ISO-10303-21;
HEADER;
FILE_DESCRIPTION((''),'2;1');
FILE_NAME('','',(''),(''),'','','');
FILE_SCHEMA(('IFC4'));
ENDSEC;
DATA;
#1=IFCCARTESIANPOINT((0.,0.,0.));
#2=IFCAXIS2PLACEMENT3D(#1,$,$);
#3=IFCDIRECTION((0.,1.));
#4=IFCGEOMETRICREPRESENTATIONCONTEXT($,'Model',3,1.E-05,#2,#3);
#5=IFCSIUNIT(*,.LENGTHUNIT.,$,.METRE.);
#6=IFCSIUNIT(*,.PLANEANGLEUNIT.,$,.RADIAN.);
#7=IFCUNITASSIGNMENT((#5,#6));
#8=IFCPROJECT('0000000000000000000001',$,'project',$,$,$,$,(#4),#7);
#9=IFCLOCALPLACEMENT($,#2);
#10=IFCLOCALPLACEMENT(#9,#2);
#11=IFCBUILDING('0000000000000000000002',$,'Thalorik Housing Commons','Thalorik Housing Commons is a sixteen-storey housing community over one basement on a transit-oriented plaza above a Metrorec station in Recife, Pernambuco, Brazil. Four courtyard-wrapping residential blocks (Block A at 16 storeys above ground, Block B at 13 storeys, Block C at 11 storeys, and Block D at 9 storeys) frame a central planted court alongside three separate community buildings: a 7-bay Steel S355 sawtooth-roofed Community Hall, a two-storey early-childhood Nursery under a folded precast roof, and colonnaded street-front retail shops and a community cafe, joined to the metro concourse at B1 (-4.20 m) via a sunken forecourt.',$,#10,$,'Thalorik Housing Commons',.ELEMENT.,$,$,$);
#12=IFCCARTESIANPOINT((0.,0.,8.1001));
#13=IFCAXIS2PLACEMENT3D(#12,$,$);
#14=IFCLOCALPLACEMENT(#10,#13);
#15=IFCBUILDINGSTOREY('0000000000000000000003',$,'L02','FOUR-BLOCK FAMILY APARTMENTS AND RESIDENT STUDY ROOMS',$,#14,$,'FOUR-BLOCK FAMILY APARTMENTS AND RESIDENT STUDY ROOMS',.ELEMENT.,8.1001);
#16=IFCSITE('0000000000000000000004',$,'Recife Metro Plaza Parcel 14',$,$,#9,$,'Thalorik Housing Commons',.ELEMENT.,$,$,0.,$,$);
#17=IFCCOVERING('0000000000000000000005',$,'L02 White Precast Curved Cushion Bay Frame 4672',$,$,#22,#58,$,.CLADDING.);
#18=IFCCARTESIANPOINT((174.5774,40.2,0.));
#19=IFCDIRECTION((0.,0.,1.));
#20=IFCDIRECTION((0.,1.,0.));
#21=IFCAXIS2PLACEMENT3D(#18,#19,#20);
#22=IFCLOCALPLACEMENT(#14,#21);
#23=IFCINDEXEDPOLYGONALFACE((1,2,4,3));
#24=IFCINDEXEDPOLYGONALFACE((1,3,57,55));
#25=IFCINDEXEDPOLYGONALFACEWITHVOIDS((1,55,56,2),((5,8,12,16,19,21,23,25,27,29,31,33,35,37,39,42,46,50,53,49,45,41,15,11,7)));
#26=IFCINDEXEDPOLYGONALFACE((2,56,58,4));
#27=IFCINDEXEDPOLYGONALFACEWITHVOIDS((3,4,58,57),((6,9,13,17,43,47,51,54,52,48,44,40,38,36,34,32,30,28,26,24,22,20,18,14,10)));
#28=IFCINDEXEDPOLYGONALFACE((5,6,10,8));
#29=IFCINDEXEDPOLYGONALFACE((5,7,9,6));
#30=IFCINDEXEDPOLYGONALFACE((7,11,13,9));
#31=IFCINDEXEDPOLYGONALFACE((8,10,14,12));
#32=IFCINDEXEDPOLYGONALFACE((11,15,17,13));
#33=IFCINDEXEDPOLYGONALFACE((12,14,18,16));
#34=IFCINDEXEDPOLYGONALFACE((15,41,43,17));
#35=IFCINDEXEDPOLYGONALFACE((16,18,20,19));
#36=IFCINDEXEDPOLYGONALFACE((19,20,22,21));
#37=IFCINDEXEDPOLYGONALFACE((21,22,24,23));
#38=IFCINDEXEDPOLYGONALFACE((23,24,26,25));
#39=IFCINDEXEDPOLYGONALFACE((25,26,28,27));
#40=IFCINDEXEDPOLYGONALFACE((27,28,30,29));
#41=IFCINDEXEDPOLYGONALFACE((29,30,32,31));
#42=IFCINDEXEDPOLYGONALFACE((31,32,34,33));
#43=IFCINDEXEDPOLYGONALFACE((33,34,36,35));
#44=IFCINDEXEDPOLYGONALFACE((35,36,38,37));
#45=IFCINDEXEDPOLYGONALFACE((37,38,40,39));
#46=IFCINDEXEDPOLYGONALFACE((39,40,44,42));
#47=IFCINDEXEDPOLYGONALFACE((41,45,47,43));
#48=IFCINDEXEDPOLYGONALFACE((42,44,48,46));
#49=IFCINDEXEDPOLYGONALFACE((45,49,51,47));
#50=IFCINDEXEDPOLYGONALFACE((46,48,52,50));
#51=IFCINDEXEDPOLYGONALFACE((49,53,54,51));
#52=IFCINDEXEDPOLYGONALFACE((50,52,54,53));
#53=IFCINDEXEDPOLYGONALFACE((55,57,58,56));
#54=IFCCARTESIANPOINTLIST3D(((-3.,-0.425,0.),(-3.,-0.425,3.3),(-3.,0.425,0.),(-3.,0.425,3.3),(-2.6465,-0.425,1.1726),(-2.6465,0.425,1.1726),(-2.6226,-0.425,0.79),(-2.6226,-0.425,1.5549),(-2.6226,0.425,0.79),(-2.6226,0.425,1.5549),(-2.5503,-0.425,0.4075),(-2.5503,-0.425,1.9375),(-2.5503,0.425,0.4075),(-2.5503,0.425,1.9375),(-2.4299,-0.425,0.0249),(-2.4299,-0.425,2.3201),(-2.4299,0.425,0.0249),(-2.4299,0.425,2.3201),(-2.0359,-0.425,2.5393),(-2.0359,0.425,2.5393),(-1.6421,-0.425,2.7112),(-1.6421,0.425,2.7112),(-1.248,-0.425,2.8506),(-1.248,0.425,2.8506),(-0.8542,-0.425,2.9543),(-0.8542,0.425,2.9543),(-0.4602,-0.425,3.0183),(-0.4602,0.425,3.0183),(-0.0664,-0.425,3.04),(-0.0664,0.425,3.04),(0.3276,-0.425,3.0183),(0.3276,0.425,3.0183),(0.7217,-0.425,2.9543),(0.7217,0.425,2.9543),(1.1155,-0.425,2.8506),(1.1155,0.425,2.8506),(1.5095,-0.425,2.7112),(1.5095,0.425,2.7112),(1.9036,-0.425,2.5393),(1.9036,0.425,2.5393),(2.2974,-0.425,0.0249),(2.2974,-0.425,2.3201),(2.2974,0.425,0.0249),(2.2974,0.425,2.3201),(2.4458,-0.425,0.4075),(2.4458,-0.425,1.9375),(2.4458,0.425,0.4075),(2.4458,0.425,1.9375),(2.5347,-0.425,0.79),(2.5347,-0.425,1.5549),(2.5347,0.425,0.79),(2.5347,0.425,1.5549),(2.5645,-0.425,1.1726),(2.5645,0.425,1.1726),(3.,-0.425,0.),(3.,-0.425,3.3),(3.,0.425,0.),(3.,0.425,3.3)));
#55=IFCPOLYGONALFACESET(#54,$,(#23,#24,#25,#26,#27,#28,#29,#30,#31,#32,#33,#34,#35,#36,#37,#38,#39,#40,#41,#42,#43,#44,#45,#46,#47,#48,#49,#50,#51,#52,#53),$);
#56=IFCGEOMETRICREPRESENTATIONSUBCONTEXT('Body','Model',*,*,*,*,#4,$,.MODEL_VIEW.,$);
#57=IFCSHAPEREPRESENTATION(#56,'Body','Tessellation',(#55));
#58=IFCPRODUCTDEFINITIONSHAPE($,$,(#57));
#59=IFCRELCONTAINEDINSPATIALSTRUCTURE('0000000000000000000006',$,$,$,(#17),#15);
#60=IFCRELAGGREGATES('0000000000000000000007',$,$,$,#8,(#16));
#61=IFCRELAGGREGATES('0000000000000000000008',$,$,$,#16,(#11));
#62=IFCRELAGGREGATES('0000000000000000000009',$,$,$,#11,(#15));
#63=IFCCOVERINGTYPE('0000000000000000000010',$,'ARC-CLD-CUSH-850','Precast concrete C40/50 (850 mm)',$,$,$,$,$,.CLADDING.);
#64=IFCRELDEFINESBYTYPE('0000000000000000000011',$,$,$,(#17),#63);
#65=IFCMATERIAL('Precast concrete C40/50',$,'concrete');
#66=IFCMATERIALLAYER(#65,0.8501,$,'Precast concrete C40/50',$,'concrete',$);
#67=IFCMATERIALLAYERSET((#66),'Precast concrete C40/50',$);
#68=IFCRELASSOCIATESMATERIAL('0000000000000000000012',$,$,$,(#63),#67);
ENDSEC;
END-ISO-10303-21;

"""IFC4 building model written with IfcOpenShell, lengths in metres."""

from ifc_helpers import new_model, si_unit, direction, frame, origin, place, context, subcontext, project, spatial, polyline, outline, extrude, material, layer, layer_set, type_object, element, save


model = new_model("IFC4")

# Units and contexts
model_context = context("Model", 3, precision=1e-05, world=origin(), true_north=direction((0.0, 1.0)))
body_context = subcontext(model_context, "Body", "Model", "MODEL_VIEW")
ifc_project = project(units=[si_unit("LENGTHUNIT", "METRE"), si_unit("PLANEANGLEUNIT", "RADIAN")], contexts=[model_context])

# Site, building, storey
site_placement = place(None, origin())
site = spatial("IfcSite", under=ifc_project, at=site_placement, Name="Recife Metro Plaza Parcel 14", LongName="Thalorik Housing Commons", CompositionType="ELEMENT", RefElevation=0.0)
building_placement = place(site_placement, origin())
building = spatial("IfcBuilding", under=site, at=building_placement, Name="Thalorik Housing Commons", Description="Thalorik Housing Commons is a sixteen-storey housing community over one basement on a transit-oriented plaza above a Metrorec station in Recife, Pernambuco, Brazil. Four courtyard-wrapping residential blocks (Block A at 16 storeys above ground, Block B at 13 storeys, Block C at 11 storeys, and Block D at 9 storeys) frame a central planted court alongside three separate community buildings: a 7-bay Steel S355 sawtooth-roofed Community Hall, a two-storey early-childhood Nursery under a folded precast roof, and colonnaded street-front retail shops and a community cafe, joined to the metro concourse at B1 (-4.20 m) via a sunken forecourt.", LongName="Thalorik Housing Commons", CompositionType="ELEMENT")
storey_placement = place(building_placement, frame((0.0, 0.0, 8.1001)))
storey = spatial("IfcBuildingStorey", under=building, at=storey_placement, Name="L02", Description="FOUR-BLOCK FAMILY APARTMENTS AND RESIDENT STUDY ROOMS", LongName="FOUR-BLOCK FAMILY APARTMENTS AND RESIDENT STUDY ROOMS", CompositionType="ELEMENT", Elevation=8.1001)

# Shared definitions
ifc_material_1 = material(Name="Precast concrete C40/50", Category="concrete")

# Covering
ifc_layer_1 = layer(ifc_material_1, 0.8501, Name="Precast concrete C40/50", Category="concrete")
ifc_layer_set_1 = layer_set([ifc_layer_1], Name="Precast concrete C40/50")
covering_type_1 = type_object("IfcCoveringType", Name="ARC-CLD-CUSH-850", Description="Precast concrete C40/50 (850 mm)", PredefinedType="CLADDING", material=ifc_layer_set_1)
covering_1_placement = place(storey_placement, frame((174.5774, 40.2, 0.0), z_axis=(0.0, 0.0, 1.0), x_axis=(0.0, 1.0, 0.0)))
element("IfcCovering", 1, at=covering_1_placement, inside=storey, type_object=covering_type_1, Name="L02 White Precast Curved Cushion Bay Frame 4672", PredefinedType="CLADDING", context=body_context, shape_type="SweptSolid", body=[
    extrude(outline(polyline([(-3.0, 0.0), (3.0, 0.0), (3.0, 3.3), (-3.0, 3.3), (-3.0, 0.0)]), holes=[polyline([(2.2974, 0.0249), (2.4458, 0.4075), (2.5347, 0.79), (2.5645, 1.1726), (2.5347, 1.5549), (2.4458, 1.9375), (2.2974, 2.3201), (1.9036, 2.5393), (1.5095, 2.7112), (1.1155, 2.8506), (0.7217, 2.9543), (0.3276, 3.0183), (-0.0664, 3.04), (-0.4602, 3.0183), (-0.8542, 2.9543), (-1.248, 2.8506), (-1.6421, 2.7112), (-2.0359, 2.5393), (-2.4299, 2.3201), (-2.5503, 1.9375), (-2.6226, 1.5549), (-2.6465, 1.1726), (-2.6226, 0.79), (-2.5503, 0.4075), (-2.4299, 0.0249), (2.2974, 0.0249)])]), frame((0.0, 0.425, 0.0), z_axis=(0.0, -1.0, 0.0), x_axis=(1.0, 0.0, 0.0)), (0.0, 0.0, 1.0), 0.8501),
])

save(model, "model.ifc")
